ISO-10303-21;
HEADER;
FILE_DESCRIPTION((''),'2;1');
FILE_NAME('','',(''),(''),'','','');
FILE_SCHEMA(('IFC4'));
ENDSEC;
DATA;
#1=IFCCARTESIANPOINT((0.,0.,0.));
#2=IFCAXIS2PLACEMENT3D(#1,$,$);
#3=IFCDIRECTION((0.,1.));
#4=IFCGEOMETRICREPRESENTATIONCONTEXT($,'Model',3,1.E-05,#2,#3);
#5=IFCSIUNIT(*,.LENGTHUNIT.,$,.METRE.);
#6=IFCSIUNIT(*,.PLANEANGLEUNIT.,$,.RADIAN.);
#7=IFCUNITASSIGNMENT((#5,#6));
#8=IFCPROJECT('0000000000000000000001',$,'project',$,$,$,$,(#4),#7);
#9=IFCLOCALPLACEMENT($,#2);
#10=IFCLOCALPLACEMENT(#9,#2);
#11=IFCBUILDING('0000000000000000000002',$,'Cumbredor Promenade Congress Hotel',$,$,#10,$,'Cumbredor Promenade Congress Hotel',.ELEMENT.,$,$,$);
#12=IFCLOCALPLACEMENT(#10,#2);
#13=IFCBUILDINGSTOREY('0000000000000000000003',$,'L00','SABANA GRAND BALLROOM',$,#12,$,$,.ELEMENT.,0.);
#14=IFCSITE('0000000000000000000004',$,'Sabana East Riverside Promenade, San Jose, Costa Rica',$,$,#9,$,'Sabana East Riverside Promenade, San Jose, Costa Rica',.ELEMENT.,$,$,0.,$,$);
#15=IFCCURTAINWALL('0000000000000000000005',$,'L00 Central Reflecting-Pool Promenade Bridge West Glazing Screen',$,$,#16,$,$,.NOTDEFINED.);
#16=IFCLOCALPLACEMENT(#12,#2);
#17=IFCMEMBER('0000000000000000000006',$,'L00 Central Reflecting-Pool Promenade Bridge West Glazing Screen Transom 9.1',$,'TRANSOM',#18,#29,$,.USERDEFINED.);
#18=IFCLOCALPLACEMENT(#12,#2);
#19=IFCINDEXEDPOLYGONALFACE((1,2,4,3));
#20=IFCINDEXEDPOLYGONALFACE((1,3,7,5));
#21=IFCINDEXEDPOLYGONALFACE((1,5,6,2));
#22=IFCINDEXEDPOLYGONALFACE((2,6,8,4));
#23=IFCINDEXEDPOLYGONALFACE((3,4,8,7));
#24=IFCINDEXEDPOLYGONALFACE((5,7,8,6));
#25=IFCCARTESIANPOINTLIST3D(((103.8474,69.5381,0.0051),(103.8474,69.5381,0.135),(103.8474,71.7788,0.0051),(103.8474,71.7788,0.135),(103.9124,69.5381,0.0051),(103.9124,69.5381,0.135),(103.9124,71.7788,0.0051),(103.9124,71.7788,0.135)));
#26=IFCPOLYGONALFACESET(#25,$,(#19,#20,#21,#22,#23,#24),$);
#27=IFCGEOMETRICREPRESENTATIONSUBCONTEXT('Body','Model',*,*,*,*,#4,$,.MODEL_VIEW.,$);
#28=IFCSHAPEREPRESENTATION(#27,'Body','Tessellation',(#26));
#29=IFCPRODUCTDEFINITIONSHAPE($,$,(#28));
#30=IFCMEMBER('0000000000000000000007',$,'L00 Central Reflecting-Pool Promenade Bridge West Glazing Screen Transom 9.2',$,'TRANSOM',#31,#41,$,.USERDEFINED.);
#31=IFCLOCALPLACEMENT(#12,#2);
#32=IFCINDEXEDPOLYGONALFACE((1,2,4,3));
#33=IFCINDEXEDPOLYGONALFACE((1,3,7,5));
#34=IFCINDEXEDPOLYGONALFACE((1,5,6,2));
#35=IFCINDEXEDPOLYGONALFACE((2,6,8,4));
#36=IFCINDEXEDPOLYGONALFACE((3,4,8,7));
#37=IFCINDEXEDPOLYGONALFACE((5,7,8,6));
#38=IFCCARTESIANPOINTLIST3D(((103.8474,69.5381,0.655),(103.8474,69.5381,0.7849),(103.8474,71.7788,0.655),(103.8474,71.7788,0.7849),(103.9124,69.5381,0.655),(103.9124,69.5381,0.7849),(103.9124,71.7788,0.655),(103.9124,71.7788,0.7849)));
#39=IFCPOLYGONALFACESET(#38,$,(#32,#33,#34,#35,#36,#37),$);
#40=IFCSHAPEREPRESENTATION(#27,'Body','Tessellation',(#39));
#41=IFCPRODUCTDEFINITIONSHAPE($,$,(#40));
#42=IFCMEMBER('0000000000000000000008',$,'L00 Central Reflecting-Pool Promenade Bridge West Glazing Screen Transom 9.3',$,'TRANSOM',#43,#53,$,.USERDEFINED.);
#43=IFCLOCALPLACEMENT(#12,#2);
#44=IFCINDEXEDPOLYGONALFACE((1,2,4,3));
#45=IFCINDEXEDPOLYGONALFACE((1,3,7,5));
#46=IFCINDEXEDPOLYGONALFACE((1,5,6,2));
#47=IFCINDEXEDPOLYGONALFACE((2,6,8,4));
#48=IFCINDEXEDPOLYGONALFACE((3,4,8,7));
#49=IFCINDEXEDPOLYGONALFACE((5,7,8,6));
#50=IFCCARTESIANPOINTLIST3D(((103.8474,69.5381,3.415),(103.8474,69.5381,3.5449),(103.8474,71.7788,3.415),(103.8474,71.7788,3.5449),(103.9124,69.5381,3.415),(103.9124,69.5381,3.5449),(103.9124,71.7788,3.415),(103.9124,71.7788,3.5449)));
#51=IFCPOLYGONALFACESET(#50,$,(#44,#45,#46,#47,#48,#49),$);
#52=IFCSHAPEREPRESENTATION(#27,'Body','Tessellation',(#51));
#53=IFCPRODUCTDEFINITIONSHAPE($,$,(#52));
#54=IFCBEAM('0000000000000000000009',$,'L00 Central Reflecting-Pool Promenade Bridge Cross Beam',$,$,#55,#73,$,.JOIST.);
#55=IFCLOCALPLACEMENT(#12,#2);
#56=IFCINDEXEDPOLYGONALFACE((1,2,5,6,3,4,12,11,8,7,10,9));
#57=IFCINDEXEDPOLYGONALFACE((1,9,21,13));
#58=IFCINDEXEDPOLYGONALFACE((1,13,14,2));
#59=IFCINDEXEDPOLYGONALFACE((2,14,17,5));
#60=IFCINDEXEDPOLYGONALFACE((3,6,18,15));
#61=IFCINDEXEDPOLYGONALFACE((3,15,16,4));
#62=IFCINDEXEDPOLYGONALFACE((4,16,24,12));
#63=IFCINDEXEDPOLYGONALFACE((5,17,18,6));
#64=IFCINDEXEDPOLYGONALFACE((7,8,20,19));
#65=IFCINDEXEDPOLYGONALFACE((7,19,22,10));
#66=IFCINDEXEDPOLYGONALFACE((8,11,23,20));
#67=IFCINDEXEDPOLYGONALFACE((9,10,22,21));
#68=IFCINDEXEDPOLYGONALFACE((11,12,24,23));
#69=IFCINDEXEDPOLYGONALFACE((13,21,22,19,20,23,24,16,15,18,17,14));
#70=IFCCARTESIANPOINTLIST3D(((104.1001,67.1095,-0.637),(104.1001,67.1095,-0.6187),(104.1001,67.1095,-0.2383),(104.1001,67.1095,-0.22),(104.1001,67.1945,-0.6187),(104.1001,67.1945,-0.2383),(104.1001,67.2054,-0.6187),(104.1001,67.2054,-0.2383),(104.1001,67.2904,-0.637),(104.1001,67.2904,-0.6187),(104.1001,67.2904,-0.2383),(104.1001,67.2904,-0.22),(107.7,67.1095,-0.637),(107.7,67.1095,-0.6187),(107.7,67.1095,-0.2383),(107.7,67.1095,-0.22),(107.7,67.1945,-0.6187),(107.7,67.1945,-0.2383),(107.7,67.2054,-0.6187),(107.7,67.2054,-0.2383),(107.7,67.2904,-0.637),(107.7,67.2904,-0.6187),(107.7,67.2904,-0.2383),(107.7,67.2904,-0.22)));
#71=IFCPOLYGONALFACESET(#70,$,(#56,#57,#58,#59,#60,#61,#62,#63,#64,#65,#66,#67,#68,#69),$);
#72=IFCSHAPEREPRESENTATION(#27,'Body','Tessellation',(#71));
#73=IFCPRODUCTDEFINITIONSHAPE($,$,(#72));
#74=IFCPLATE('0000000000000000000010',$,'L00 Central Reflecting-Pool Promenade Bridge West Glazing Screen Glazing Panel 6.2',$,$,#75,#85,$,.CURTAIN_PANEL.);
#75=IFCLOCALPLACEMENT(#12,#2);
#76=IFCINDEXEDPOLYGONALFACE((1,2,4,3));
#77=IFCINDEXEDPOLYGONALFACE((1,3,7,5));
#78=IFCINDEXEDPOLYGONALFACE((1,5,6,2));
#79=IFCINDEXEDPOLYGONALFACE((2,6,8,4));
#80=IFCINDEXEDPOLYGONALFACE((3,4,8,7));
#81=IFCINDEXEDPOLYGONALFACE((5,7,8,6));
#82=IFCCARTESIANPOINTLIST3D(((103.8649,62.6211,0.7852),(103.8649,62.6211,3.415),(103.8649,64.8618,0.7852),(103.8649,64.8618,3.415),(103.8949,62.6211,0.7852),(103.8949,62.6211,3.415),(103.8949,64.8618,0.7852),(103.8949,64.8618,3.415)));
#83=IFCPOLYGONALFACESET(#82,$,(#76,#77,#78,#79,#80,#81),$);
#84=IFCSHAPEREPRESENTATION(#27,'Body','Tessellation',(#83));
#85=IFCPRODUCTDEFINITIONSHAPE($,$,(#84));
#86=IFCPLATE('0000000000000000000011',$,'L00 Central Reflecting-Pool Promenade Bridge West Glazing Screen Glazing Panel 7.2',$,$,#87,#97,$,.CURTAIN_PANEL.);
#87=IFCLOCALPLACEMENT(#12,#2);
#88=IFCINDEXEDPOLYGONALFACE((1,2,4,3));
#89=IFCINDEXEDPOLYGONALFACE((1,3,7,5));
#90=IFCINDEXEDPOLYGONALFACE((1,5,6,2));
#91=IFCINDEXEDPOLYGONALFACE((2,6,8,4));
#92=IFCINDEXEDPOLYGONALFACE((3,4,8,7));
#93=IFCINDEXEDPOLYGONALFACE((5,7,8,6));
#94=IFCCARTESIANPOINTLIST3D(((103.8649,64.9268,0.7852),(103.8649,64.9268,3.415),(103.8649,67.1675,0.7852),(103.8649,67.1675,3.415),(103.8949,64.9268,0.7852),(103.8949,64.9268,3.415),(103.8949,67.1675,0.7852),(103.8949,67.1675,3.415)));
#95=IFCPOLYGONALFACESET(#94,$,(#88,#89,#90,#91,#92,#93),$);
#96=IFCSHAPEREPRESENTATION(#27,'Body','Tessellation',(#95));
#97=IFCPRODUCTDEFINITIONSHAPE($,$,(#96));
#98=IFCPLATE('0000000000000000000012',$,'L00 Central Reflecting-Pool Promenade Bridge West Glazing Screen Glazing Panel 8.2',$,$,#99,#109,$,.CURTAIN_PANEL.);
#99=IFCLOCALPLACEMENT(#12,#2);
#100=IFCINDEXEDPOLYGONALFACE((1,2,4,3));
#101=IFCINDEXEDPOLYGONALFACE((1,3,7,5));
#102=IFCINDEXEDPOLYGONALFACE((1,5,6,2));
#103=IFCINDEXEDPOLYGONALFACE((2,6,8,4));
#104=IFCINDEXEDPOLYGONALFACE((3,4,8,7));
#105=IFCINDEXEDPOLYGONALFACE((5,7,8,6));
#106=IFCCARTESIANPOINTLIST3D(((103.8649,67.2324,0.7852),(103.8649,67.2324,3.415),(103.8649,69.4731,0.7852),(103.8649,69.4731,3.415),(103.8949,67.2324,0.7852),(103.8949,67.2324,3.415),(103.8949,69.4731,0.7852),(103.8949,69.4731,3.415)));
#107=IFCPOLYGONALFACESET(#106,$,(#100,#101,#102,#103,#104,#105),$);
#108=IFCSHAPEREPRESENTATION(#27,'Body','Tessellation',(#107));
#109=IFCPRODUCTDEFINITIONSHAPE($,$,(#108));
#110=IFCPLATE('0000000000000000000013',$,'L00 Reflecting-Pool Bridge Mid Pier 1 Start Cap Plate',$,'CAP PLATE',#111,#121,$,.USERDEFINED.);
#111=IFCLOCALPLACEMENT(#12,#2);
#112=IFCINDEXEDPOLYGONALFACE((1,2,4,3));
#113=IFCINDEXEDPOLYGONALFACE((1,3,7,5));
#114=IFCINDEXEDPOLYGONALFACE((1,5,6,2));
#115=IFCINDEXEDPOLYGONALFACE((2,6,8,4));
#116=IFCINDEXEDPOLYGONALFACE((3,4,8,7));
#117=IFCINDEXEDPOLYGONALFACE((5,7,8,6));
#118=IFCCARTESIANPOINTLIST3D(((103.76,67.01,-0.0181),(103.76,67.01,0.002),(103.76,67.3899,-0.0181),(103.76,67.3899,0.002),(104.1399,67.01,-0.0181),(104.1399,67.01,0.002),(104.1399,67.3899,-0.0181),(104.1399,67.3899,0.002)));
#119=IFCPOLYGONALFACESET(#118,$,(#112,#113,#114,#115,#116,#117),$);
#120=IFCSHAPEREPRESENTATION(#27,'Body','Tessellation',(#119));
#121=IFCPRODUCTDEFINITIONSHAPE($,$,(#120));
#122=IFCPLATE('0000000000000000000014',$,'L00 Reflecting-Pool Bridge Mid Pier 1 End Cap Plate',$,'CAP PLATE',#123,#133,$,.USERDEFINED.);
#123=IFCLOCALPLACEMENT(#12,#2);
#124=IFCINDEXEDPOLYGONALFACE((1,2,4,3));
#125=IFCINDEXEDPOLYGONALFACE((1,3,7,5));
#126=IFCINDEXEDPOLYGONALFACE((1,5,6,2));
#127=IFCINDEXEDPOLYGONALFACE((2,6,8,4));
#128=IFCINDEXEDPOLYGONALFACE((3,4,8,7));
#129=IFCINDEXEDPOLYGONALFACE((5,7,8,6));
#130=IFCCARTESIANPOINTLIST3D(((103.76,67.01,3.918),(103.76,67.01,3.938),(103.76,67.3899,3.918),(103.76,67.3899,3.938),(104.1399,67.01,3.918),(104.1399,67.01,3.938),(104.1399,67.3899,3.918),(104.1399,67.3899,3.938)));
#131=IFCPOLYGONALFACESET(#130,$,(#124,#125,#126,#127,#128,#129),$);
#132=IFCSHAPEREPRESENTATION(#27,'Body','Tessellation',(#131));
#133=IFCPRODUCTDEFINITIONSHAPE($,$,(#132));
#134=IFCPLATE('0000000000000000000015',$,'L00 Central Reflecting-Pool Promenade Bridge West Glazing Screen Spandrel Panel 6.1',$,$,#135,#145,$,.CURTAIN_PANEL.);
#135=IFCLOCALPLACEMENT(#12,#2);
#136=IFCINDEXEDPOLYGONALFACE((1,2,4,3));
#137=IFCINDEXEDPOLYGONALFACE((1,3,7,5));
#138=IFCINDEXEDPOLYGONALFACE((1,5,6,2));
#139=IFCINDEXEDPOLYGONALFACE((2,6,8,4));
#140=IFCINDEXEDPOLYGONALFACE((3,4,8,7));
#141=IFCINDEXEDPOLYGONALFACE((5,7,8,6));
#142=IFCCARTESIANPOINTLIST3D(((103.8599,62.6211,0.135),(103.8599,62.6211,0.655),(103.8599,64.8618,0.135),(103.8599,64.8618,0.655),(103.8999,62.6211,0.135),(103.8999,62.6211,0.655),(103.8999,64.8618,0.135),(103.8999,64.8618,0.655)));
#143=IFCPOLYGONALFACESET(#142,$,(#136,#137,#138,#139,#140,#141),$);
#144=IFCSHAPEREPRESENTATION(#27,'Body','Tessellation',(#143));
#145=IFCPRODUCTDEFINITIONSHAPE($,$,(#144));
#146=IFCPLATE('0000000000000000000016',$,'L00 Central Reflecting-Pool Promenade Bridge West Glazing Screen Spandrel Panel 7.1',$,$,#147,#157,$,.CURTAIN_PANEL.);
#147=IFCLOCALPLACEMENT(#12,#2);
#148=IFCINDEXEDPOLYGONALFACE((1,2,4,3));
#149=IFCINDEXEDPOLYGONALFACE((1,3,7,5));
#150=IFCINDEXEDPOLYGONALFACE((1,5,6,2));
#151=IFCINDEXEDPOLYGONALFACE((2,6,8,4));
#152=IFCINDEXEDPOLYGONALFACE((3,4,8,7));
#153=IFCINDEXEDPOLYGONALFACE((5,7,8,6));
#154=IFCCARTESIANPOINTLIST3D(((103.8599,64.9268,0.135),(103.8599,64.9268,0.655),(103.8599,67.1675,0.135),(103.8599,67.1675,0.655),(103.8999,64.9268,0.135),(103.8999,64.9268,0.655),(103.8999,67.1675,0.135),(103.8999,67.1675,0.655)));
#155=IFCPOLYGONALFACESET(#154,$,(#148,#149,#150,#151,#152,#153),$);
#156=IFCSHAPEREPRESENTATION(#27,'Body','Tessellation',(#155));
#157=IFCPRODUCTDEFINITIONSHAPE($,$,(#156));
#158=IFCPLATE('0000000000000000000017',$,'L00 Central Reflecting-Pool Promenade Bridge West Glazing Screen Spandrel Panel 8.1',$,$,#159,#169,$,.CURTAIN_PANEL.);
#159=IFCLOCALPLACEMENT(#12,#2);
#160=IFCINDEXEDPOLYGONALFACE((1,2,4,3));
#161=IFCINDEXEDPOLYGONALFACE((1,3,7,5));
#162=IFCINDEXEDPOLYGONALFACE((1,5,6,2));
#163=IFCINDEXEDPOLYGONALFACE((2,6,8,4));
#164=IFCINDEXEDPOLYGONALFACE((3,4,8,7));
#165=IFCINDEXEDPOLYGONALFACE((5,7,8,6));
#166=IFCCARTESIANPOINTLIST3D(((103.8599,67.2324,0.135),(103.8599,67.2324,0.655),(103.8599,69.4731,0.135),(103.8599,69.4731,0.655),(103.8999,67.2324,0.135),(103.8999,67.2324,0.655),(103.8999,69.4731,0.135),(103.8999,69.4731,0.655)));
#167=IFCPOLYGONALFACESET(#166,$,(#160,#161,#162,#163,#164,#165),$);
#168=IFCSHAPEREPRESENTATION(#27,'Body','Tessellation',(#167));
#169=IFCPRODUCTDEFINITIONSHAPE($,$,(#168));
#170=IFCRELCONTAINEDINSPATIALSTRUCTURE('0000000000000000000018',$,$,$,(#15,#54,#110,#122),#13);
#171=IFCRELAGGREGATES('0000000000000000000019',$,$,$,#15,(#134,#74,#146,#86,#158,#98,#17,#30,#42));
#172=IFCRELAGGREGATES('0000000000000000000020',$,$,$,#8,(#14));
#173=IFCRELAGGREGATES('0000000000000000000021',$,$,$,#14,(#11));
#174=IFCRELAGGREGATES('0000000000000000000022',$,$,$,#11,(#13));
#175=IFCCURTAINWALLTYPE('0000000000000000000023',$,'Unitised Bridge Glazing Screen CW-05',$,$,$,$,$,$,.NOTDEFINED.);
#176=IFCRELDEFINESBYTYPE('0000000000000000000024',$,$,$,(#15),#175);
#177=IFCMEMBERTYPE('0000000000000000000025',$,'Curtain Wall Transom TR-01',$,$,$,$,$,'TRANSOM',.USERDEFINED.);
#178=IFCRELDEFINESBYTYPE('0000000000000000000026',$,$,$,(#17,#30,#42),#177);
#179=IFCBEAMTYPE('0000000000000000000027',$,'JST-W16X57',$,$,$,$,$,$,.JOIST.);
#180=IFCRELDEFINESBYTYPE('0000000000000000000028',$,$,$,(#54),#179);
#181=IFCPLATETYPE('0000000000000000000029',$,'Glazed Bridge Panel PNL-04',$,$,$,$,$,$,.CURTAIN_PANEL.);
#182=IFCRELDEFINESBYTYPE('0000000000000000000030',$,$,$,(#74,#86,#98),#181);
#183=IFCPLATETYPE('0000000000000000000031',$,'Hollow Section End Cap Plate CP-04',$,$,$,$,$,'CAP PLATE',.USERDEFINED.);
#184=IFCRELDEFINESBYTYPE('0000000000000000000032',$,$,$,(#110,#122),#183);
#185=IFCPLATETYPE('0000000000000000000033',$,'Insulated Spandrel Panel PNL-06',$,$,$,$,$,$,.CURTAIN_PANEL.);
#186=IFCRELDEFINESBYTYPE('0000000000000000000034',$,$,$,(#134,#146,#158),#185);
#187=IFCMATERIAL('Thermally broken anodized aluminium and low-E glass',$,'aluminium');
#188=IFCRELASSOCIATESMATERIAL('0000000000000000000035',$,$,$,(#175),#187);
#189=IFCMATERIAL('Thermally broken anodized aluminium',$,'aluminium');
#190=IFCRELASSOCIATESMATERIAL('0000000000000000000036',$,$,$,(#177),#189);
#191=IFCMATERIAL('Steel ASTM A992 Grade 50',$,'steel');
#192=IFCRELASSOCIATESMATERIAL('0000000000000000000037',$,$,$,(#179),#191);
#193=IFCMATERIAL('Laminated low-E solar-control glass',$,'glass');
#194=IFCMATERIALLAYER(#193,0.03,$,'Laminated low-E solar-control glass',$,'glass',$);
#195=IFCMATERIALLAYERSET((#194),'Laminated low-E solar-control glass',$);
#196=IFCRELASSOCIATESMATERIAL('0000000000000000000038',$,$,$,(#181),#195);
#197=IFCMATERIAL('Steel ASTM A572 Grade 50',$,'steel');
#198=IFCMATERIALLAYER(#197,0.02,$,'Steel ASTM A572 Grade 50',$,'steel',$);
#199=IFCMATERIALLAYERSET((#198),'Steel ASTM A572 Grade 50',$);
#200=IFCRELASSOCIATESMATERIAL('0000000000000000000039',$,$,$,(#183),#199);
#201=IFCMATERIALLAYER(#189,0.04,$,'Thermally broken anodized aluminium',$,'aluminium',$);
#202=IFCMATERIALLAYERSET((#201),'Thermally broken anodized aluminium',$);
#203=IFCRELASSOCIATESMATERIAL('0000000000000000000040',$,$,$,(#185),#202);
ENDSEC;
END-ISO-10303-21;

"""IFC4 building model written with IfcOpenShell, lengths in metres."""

from ifc_helpers import new_model, si_unit, direction, frame, origin, origin_2d, place, context, subcontext, project, spatial, rectangle, i_section, extrude, material, layer, layer_set, material_profile, profile_set, type_object, element, aggregate, save


model = new_model("IFC4")

# Units and contexts
model_context = context("Model", 3, precision=1e-05, world=origin(), true_north=direction((0.0, 1.0)))
body_context = subcontext(model_context, "Body", "Model", "MODEL_VIEW")
ifc_project = project(units=[si_unit("LENGTHUNIT", "METRE"), si_unit("PLANEANGLEUNIT", "RADIAN")], contexts=[model_context])

# Site, building, storey
site_placement = place(None, origin())
site = spatial("IfcSite", under=ifc_project, at=site_placement, Name="Sabana East Riverside Promenade, San Jose, Costa Rica", LongName="Sabana East Riverside Promenade, San Jose, Costa Rica", CompositionType="ELEMENT", RefElevation=0.0)
building_placement = place(site_placement, origin())
building = spatial("IfcBuilding", under=site, at=building_placement, Name="Cumbredor Promenade Congress Hotel", LongName="Cumbredor Promenade Congress Hotel", CompositionType="ELEMENT")
storey_placement = place(building_placement, origin())
storey = spatial("IfcBuildingStorey", under=building, at=storey_placement, Name="L00", Description="SABANA GRAND BALLROOM", CompositionType="ELEMENT", Elevation=0.0)

# Curtain wall, members
ifc_material_1 = material(Name="Thermally broken anodized aluminium and low-E glass", Category="aluminium")
curtain_wall_type = type_object("IfcCurtainWallType", Name="Unitised Bridge Glazing Screen CW-05", PredefinedType="NOTDEFINED", material=ifc_material_1)
curtain_wall_placement = place(storey_placement, origin())
curtain_wall = element("IfcCurtainWall", 1, at=curtain_wall_placement, inside=storey, type_object=curtain_wall_type, Name="L00 Central Reflecting-Pool Promenade Bridge West Glazing Screen", PredefinedType="NOTDEFINED")
ifc_material_2 = material(Name="Thermally broken anodized aluminium", Category="aluminium")
ifc_material_profile_1 = material_profile(ifc_material_2, rectangle(XDim=0.0649, YDim=0.1299, at=origin_2d()), Name="ALU TRANSOM 65x130")
ifc_profile_set_1 = profile_set([ifc_material_profile_1], Name="Thermally broken anodized aluminium")
member_type_1 = type_object("IfcMemberType", Name="Curtain Wall Transom TR-01", ElementType="TRANSOM", PredefinedType="USERDEFINED", material=ifc_profile_set_1)
member_1_placement = place(storey_placement, frame((103.8799, 69.5381, 0.0701), z_axis=(0.0, 1.0, 0.0), x_axis=(-1.0, 0.0, 0.0)))
member_1 = element("IfcMember", 2, at=member_1_placement, type_object=member_type_1, Name="L00 Central Reflecting-Pool Promenade Bridge West Glazing Screen Transom 9.1", ObjectType="TRANSOM", PredefinedType="USERDEFINED", context=body_context, shape_type="SweptSolid", body=[
    extrude(rectangle(XDim=0.0649, YDim=0.1299, at=origin_2d()), origin(), (0.0, 0.0, 1.0), 2.2407),
])
member_2_placement = place(storey_placement, frame((103.8799, 69.5381, 0.72), z_axis=(0.0, 1.0, 0.0), x_axis=(-1.0, 0.0, 0.0)))
member_2 = element("IfcMember", 3, at=member_2_placement, type_object=member_type_1, Name="L00 Central Reflecting-Pool Promenade Bridge West Glazing Screen Transom 9.2", ObjectType="TRANSOM", PredefinedType="USERDEFINED", context=body_context, shape_type="SweptSolid", body=[
    extrude(rectangle(XDim=0.0649, YDim=0.1299, at=origin_2d()), origin(), (0.0, 0.0, 1.0), 2.2407),
])
member_3_placement = place(storey_placement, frame((103.8799, 69.5381, 3.48), z_axis=(0.0, 1.0, 0.0), x_axis=(-1.0, 0.0, 0.0)))
member_3 = element("IfcMember", 4, at=member_3_placement, type_object=member_type_1, Name="L00 Central Reflecting-Pool Promenade Bridge West Glazing Screen Transom 9.3", ObjectType="TRANSOM", PredefinedType="USERDEFINED", context=body_context, shape_type="SweptSolid", body=[
    extrude(rectangle(XDim=0.0649, YDim=0.1299, at=origin_2d()), origin(), (0.0, 0.0, 1.0), 2.2407),
])

# Beam
ifc_material_3 = material(Name="Steel ASTM A992 Grade 50", Category="steel")
ifc_material_profile_2 = material_profile(ifc_material_3, i_section(OverallWidth=0.1809, OverallDepth=0.417, WebThickness=0.011, FlangeThickness=0.0183, at=origin_2d()), Name="W16X57")
ifc_profile_set_2 = profile_set([ifc_material_profile_2], Name="Steel ASTM A992 Grade 50")
beam_type = type_object("IfcBeamType", Name="JST-W16X57", PredefinedType="JOIST", material=ifc_profile_set_2)
beam_placement = place(storey_placement, frame((104.1001, 67.2, -0.4285), z_axis=(1.0, 0.0, 0.0), x_axis=(0.0, 1.0, 0.0)))
element("IfcBeam", 5, at=beam_placement, inside=storey, type_object=beam_type, Name="L00 Central Reflecting-Pool Promenade Bridge Cross Beam", PredefinedType="JOIST", context=body_context, shape_type="SweptSolid", body=[
    extrude(i_section(OverallWidth=0.1809, OverallDepth=0.417, WebThickness=0.011, FlangeThickness=0.0183, at=origin_2d()), origin(), (0.0, 0.0, 1.0), 3.5999),
])

# Plates
ifc_material_4 = material(Name="Laminated low-E solar-control glass", Category="glass")
ifc_layer_1 = layer(ifc_material_4, 0.03, Name="Laminated low-E solar-control glass", Category="glass")
ifc_layer_set_1 = layer_set([ifc_layer_1], Name="Laminated low-E solar-control glass")
plate_type_1 = type_object("IfcPlateType", Name="Glazed Bridge Panel PNL-04", PredefinedType="CURTAIN_PANEL", material=ifc_layer_set_1)
plate_1_placement = place(storey_placement, frame((103.8799, 63.7415, 0.7852), z_axis=(0.0, 0.0, 1.0), x_axis=(0.0, 1.0, 0.0)))
plate_1 = element("IfcPlate", 6, at=plate_1_placement, type_object=plate_type_1, Name="L00 Central Reflecting-Pool Promenade Bridge West Glazing Screen Glazing Panel 6.2", PredefinedType="CURTAIN_PANEL", context=body_context, shape_type="SweptSolid", body=[
    extrude(rectangle(XDim=2.2407, YDim=0.03, at=origin_2d()), origin(), (0.0, 0.0, 1.0), 2.6299),
])
plate_2_placement = place(storey_placement, frame((103.8799, 66.0471, 0.7852), z_axis=(0.0, 0.0, 1.0), x_axis=(0.0, 1.0, 0.0)))
plate_2 = element("IfcPlate", 7, at=plate_2_placement, type_object=plate_type_1, Name="L00 Central Reflecting-Pool Promenade Bridge West Glazing Screen Glazing Panel 7.2", PredefinedType="CURTAIN_PANEL", context=body_context, shape_type="SweptSolid", body=[
    extrude(rectangle(XDim=2.2407, YDim=0.03, at=origin_2d()), origin(), (0.0, 0.0, 1.0), 2.6299),
])
plate_3_placement = place(storey_placement, frame((103.8799, 68.3528, 0.7852), z_axis=(0.0, 0.0, 1.0), x_axis=(0.0, 1.0, 0.0)))
plate_3 = element("IfcPlate", 8, at=plate_3_placement, type_object=plate_type_1, Name="L00 Central Reflecting-Pool Promenade Bridge West Glazing Screen Glazing Panel 8.2", PredefinedType="CURTAIN_PANEL", context=body_context, shape_type="SweptSolid", body=[
    extrude(rectangle(XDim=2.2407, YDim=0.03, at=origin_2d()), origin(), (0.0, 0.0, 1.0), 2.6299),
])

# Plates
ifc_material_5 = material(Name="Steel ASTM A572 Grade 50", Category="steel")
ifc_layer_2 = layer(ifc_material_5, 0.02, Name="Steel ASTM A572 Grade 50", Category="steel")
ifc_layer_set_2 = layer_set([ifc_layer_2], Name="Steel ASTM A572 Grade 50")
plate_type_2 = type_object("IfcPlateType", Name="Hollow Section End Cap Plate CP-04", ElementType="CAP PLATE", PredefinedType="USERDEFINED", material=ifc_layer_set_2)
for number, where, z_axis, x_axis, name in (
    (9, (103.95, 67.2, -0.0181), (0.0, 0.0, 1.0), (1.0, 0.0, 0.0), "L00 Reflecting-Pool Bridge Mid Pier 1 Start Cap Plate"),
    (10, (103.95, 67.2, 3.918), (0.0, 0.0, 1.0), (1.0, 0.0, 0.0), "L00 Reflecting-Pool Bridge Mid Pier 1 End Cap Plate"),
):
    element("IfcPlate", number, at=place(storey_placement, frame(where, z_axis=z_axis, x_axis=x_axis)), inside=storey, type_object=plate_type_2, Name=name, ObjectType="CAP PLATE", PredefinedType="USERDEFINED", context=body_context, shape_type="SweptSolid", body=[
        extrude(rectangle(XDim=0.3799, YDim=0.3799, at=origin_2d()), origin(), (0.0, 0.0, 1.0), 0.02),
    ])

# Plates
ifc_layer_3 = layer(ifc_material_2, 0.04, Name="Thermally broken anodized aluminium", Category="aluminium")
ifc_layer_set_3 = layer_set([ifc_layer_3], Name="Thermally broken anodized aluminium")
plate_type_3 = type_object("IfcPlateType", Name="Insulated Spandrel Panel PNL-06", PredefinedType="CURTAIN_PANEL", material=ifc_layer_set_3)
plate_4_placement = place(storey_placement, frame((103.8799, 63.7415, 0.135), z_axis=(0.0, 0.0, 1.0), x_axis=(0.0, 1.0, 0.0)))
plate_4 = element("IfcPlate", 11, at=plate_4_placement, type_object=plate_type_3, Name="L00 Central Reflecting-Pool Promenade Bridge West Glazing Screen Spandrel Panel 6.1", PredefinedType="CURTAIN_PANEL", context=body_context, shape_type="SweptSolid", body=[
    extrude(rectangle(XDim=2.2407, YDim=0.04, at=origin_2d()), origin(), (0.0, 0.0, 1.0), 0.52),
])
plate_5_placement = place(storey_placement, frame((103.8799, 66.0471, 0.135), z_axis=(0.0, 0.0, 1.0), x_axis=(0.0, 1.0, 0.0)))
plate_5 = element("IfcPlate", 12, at=plate_5_placement, type_object=plate_type_3, Name="L00 Central Reflecting-Pool Promenade Bridge West Glazing Screen Spandrel Panel 7.1", PredefinedType="CURTAIN_PANEL", context=body_context, shape_type="SweptSolid", body=[
    extrude(rectangle(XDim=2.2407, YDim=0.04, at=origin_2d()), origin(), (0.0, 0.0, 1.0), 0.52),
])
plate_6_placement = place(storey_placement, frame((103.8799, 68.3528, 0.135), z_axis=(0.0, 0.0, 1.0), x_axis=(0.0, 1.0, 0.0)))
plate_6 = element("IfcPlate", 13, at=plate_6_placement, type_object=plate_type_3, Name="L00 Central Reflecting-Pool Promenade Bridge West Glazing Screen Spandrel Panel 8.1", PredefinedType="CURTAIN_PANEL", context=body_context, shape_type="SweptSolid", body=[
    extrude(rectangle(XDim=2.2407, YDim=0.04, at=origin_2d()), origin(), (0.0, 0.0, 1.0), 0.52),
])
aggregate(curtain_wall, [plate_4, plate_1, plate_5, plate_2, plate_6, plate_3, member_1, member_2, member_3])

save(model, "model.ifc")
